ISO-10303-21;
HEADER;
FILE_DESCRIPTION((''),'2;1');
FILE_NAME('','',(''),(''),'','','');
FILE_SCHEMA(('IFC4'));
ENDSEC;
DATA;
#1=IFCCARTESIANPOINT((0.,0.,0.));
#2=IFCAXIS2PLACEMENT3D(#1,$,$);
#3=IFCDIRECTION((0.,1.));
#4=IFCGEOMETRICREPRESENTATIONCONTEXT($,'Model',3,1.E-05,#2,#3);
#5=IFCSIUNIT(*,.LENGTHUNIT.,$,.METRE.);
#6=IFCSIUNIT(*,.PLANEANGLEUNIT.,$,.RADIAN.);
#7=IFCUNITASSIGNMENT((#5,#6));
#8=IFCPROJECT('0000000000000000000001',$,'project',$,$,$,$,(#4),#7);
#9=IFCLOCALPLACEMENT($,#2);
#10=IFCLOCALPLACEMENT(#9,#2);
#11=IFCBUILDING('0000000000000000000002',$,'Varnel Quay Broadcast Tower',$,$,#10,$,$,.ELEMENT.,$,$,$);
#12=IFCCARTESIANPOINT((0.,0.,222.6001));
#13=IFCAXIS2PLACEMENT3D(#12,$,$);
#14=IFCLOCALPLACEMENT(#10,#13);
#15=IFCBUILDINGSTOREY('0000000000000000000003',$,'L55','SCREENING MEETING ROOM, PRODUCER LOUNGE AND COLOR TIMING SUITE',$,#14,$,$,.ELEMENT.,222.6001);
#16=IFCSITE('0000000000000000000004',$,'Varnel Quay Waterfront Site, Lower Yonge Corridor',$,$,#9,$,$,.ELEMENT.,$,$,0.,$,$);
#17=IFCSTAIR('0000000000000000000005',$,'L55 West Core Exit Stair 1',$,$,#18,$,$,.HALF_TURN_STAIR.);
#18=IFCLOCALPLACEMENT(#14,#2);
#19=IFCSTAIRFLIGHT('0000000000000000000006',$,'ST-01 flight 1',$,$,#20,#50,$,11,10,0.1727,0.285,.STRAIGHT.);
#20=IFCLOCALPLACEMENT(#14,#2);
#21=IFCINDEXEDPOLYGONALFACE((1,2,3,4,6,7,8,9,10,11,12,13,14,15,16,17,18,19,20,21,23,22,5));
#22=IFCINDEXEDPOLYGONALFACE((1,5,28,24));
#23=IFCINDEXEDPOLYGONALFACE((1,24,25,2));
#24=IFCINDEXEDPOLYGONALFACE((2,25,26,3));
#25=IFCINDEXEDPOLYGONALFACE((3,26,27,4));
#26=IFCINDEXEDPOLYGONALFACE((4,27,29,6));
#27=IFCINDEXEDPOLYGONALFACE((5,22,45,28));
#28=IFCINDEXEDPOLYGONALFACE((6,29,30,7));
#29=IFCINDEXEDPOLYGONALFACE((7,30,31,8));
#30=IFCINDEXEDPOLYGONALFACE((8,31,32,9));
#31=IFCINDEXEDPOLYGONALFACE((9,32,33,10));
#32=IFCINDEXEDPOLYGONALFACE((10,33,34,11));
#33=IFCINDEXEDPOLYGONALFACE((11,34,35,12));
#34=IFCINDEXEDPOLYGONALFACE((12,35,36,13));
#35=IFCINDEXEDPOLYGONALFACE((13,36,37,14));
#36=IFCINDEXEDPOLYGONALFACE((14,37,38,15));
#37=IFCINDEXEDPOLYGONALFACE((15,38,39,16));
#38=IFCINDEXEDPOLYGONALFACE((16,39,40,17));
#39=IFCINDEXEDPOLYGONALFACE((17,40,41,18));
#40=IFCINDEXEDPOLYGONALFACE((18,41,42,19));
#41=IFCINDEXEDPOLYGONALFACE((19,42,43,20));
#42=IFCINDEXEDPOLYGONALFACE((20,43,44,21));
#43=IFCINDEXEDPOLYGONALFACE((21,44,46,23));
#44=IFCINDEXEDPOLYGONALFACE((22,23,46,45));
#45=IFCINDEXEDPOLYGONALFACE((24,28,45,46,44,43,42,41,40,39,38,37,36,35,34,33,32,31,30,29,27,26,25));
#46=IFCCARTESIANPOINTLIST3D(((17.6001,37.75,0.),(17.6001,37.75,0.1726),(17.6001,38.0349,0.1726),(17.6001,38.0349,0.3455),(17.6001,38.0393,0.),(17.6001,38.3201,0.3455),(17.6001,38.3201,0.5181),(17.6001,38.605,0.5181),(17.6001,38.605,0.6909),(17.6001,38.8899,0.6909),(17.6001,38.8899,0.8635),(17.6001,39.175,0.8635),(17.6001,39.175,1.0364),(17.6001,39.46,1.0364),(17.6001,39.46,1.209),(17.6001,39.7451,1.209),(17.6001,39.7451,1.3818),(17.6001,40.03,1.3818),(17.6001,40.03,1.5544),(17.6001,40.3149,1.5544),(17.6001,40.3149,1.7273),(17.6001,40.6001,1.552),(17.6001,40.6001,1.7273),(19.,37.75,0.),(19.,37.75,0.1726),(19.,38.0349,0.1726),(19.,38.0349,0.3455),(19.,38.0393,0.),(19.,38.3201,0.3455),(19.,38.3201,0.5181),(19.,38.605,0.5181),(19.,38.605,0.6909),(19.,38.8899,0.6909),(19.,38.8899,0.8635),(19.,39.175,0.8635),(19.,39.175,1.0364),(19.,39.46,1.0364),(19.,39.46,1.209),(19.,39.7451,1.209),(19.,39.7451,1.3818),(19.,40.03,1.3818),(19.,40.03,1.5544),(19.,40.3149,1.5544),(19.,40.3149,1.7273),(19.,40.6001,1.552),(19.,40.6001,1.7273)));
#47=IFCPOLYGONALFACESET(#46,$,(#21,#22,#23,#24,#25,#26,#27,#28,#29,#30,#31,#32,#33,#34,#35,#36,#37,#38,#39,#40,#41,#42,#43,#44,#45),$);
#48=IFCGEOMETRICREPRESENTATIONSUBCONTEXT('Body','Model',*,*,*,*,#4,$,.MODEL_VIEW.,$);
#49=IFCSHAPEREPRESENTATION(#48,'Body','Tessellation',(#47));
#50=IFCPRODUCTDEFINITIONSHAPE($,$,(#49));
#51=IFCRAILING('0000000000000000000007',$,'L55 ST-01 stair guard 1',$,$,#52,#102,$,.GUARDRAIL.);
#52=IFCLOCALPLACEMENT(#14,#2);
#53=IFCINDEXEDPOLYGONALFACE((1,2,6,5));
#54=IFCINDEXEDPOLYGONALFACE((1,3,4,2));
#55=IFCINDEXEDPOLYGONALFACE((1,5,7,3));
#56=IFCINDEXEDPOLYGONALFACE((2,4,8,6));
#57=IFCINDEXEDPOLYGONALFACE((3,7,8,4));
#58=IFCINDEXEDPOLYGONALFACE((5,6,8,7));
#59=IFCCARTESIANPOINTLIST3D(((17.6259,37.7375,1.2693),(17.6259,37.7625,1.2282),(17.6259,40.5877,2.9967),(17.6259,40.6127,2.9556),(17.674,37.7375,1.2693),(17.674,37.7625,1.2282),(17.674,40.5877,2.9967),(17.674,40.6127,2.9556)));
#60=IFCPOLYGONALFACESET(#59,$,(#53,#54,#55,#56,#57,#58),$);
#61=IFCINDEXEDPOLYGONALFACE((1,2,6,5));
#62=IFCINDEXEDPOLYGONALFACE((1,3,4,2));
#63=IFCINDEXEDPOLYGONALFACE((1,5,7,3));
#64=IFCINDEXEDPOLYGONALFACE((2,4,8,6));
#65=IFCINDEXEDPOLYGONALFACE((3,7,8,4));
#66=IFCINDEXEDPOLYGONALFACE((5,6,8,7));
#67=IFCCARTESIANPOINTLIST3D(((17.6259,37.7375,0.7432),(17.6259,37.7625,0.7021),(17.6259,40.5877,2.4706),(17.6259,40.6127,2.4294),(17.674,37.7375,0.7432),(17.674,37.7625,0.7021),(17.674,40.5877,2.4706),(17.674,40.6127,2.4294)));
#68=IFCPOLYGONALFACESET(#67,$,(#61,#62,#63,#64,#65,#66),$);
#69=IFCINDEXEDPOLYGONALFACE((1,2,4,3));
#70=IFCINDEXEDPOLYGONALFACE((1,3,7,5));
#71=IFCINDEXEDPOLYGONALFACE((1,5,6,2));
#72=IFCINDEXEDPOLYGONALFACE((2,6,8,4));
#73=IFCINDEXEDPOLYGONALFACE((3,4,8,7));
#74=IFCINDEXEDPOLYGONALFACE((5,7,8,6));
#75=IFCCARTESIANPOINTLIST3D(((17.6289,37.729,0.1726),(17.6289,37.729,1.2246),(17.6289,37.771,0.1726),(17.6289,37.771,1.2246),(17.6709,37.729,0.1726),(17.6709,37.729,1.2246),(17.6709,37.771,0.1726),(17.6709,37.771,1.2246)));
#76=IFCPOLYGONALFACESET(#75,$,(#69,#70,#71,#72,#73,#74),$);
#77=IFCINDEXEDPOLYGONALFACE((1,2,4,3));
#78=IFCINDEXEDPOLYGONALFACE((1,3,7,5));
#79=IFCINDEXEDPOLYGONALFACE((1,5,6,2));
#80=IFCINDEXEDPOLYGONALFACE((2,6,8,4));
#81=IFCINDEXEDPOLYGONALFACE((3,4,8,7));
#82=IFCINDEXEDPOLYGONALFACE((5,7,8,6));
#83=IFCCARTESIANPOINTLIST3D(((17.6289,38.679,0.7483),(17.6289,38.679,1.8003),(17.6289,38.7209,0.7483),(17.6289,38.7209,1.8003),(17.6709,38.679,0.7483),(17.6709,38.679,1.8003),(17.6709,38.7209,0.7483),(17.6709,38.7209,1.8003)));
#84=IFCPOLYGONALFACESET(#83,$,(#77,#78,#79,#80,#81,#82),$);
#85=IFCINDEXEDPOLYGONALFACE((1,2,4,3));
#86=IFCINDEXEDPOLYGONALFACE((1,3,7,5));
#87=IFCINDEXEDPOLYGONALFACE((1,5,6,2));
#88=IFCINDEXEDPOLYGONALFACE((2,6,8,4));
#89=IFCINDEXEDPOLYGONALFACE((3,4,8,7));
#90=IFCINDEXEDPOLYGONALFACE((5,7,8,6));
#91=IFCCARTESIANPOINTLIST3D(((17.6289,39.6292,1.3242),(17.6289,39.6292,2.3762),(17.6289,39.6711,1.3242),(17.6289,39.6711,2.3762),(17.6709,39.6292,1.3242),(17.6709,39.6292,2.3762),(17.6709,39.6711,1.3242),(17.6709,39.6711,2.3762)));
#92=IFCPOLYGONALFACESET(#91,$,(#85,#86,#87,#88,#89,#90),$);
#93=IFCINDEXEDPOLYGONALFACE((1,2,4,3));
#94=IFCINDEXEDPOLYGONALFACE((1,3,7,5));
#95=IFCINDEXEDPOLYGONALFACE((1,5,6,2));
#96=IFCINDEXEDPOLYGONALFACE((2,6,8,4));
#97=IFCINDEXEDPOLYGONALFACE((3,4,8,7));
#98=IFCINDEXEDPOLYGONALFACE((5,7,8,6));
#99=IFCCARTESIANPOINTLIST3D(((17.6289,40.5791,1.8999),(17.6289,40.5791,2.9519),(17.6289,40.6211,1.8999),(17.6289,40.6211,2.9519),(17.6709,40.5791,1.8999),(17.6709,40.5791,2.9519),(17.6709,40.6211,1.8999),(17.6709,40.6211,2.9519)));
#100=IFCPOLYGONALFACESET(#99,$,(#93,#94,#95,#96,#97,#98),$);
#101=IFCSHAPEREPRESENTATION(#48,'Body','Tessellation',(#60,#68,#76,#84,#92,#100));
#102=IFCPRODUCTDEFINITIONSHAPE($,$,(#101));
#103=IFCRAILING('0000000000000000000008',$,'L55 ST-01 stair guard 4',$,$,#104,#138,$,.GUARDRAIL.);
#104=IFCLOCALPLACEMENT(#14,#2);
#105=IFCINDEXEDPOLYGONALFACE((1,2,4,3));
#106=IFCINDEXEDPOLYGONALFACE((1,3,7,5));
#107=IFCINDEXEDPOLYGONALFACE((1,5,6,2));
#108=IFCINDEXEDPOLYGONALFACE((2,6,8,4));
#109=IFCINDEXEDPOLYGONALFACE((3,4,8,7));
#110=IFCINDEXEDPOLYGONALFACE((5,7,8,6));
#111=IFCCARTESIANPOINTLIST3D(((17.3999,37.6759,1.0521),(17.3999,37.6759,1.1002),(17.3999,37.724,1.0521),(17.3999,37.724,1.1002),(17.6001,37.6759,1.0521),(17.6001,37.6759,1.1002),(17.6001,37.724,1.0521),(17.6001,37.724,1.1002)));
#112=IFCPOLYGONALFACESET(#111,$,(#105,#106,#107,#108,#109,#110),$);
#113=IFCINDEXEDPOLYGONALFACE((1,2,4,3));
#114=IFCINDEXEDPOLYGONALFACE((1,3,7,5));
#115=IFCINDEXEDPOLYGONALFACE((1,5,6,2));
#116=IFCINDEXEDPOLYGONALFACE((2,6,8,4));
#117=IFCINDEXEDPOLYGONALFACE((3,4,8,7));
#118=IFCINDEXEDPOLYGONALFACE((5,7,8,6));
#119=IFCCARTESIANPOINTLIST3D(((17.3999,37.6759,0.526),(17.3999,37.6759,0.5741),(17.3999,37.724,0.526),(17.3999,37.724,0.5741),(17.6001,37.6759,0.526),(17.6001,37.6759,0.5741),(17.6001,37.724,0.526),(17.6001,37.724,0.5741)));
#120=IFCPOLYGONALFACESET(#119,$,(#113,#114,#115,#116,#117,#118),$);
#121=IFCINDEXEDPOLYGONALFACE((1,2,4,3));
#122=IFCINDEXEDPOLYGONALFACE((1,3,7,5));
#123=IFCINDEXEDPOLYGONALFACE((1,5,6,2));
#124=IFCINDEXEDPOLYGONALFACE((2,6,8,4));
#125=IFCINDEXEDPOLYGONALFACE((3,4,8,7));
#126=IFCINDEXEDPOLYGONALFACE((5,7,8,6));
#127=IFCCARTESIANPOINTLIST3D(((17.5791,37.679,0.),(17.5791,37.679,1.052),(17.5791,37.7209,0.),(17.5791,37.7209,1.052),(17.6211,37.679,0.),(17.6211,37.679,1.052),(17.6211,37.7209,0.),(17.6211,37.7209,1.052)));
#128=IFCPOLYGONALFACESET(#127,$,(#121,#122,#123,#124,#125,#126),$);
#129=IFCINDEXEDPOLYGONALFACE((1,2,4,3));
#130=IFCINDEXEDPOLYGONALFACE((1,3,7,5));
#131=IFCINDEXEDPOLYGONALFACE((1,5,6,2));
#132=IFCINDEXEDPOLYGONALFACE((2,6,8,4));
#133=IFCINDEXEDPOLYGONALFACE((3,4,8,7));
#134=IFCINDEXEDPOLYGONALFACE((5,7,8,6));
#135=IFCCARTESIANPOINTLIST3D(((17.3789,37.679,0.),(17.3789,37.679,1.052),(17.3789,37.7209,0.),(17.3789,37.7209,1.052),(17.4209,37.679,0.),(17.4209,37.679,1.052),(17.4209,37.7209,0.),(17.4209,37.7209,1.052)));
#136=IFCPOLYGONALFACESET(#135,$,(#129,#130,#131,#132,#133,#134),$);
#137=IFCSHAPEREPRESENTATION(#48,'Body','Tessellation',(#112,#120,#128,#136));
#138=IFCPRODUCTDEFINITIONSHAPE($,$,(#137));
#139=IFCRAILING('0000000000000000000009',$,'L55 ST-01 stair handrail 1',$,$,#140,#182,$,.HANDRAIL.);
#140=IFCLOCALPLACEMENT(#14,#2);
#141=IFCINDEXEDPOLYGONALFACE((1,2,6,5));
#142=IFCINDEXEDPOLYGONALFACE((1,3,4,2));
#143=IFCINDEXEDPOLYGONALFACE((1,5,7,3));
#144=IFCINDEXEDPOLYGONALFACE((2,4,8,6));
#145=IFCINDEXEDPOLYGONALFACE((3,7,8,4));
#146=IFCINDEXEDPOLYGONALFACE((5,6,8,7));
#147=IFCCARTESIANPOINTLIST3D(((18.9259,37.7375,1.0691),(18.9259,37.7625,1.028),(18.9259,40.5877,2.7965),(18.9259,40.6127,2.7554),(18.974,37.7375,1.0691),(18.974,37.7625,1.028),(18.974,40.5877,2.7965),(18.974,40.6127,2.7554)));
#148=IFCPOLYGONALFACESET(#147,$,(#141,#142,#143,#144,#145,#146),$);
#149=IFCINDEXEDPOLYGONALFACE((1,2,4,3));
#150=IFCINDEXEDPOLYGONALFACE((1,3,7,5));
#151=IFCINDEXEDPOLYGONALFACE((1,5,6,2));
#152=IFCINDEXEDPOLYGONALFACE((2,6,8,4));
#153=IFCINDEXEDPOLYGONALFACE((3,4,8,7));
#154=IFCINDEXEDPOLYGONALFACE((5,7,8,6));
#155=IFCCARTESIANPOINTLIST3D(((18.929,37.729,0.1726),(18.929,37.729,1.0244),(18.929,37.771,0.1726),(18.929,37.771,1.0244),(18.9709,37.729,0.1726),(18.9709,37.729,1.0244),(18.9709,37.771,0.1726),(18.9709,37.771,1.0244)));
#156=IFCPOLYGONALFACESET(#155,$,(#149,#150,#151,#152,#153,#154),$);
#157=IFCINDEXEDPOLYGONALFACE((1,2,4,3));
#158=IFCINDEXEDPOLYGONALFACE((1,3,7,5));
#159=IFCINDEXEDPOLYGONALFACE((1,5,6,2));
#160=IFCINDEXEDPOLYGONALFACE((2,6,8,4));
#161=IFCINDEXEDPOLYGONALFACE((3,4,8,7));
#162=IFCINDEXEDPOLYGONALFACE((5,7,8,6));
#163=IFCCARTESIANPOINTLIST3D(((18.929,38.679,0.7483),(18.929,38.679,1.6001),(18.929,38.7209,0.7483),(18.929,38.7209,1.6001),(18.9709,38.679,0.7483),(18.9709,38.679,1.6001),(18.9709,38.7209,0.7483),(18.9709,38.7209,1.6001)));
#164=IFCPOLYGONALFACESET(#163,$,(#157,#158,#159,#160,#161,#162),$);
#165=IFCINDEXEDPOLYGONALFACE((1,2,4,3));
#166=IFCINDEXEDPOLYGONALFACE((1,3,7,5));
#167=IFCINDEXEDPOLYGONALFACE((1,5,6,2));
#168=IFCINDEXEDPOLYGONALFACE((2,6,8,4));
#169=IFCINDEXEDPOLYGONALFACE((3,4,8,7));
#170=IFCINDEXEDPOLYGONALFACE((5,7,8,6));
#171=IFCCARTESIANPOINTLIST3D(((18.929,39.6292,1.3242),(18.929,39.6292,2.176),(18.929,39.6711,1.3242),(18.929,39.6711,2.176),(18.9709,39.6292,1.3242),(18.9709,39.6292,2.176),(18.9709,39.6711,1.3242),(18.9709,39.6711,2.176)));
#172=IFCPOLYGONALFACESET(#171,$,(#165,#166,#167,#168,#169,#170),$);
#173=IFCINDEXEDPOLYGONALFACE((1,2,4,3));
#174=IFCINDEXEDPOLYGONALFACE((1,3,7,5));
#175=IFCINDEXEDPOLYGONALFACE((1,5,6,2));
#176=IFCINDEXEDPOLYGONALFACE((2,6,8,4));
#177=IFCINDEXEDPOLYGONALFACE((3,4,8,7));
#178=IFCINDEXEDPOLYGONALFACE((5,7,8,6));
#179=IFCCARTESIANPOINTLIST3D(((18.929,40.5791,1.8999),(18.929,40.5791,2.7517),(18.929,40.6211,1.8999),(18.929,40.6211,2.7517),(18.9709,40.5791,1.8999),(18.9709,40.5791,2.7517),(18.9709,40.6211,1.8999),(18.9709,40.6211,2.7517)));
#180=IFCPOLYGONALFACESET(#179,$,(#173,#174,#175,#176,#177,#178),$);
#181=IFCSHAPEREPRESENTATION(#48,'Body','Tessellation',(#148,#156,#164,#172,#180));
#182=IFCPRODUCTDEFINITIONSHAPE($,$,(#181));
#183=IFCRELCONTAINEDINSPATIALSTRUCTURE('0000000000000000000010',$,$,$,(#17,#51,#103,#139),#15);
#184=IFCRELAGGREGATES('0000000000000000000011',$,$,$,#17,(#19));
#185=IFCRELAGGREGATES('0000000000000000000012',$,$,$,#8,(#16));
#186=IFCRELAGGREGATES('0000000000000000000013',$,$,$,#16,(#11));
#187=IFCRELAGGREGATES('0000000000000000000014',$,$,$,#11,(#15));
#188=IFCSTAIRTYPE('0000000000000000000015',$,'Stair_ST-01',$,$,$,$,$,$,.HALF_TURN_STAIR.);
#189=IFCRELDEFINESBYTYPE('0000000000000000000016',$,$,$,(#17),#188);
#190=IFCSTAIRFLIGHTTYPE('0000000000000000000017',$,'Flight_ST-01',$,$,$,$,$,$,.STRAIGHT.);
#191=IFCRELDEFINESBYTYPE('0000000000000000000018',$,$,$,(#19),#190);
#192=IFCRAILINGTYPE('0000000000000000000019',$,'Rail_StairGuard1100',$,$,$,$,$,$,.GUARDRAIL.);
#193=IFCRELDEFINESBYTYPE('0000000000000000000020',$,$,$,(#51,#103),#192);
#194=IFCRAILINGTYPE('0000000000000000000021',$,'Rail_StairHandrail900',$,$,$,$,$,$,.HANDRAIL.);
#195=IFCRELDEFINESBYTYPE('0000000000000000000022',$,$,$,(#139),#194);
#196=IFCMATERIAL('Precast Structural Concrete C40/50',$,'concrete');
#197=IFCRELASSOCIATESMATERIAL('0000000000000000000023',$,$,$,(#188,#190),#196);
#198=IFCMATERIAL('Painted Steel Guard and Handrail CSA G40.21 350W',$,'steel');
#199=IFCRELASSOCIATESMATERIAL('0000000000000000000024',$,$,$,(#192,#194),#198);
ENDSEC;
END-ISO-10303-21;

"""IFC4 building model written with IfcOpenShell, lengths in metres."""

from ifc_helpers import new_model, si_unit, direction, frame, origin, origin_2d, place, context, subcontext, project, spatial, polyline, rectangle, outline, extrude, material, type_object, element, aggregate, save


model = new_model("IFC4")

# Units and contexts
model_context = context("Model", 3, precision=1e-05, world=origin(), true_north=direction((0.0, 1.0)))
body_context = subcontext(model_context, "Body", "Model", "MODEL_VIEW")
ifc_project = project(units=[si_unit("LENGTHUNIT", "METRE"), si_unit("PLANEANGLEUNIT", "RADIAN")], contexts=[model_context])

# Site, building, storey
site_placement = place(None, origin())
site = spatial("IfcSite", under=ifc_project, at=site_placement, Name="Varnel Quay Waterfront Site, Lower Yonge Corridor", CompositionType="ELEMENT", RefElevation=0.0)
building_placement = place(site_placement, origin())
building = spatial("IfcBuilding", under=site, at=building_placement, Name="Varnel Quay Broadcast Tower", CompositionType="ELEMENT")
storey_placement = place(building_placement, frame((0.0, 0.0, 222.6001)))
storey = spatial("IfcBuildingStorey", under=building, at=storey_placement, Name="L55", Description="SCREENING MEETING ROOM, PRODUCER LOUNGE AND COLOR TIMING SUITE", CompositionType="ELEMENT", Elevation=222.6001)

# Stair, stair flight
ifc_material_1 = material(Name="Precast Structural Concrete C40/50", Category="concrete")
stair_type = type_object("IfcStairType", Name="Stair_ST-01", PredefinedType="HALF_TURN_STAIR", material=ifc_material_1)
stair_placement = place(storey_placement, origin())
stair = element("IfcStair", 1, at=stair_placement, inside=storey, type_object=stair_type, Name="L55 West Core Exit Stair 1", PredefinedType="HALF_TURN_STAIR")
stair_flight_type = type_object("IfcStairFlightType", Name="Flight_ST-01", PredefinedType="STRAIGHT", material=ifc_material_1)
stair_flight_placement = place(storey_placement, frame((18.3, 37.75, 0.0), z_axis=(0.0, 0.0, 1.0), x_axis=(0.0, 1.0, 0.0)))
stair_flight = element("IfcStairFlight", 2, at=stair_flight_placement, type_object=stair_flight_type, Name="ST-01 flight 1", NumberOfRisers=11, NumberOfTreads=10, PredefinedType="STRAIGHT", RiserHeight=0.1727, TreadLength=0.285, context=body_context, shape_type="SweptSolid", body=[
    extrude(outline(polyline([(0.0, 0.0), (0.0, 0.1726), (0.2849, 0.1726), (0.2849, 0.3455), (0.5701, 0.3455), (0.5701, 0.5181), (0.855, 0.5181), (0.855, 0.6909), (1.1399, 0.6909), (1.1399, 0.8635), (1.425, 0.8635), (1.425, 1.0364), (1.71, 1.0364), (1.71, 1.209), (1.9951, 1.209), (1.9951, 1.3818), (2.28, 1.3818), (2.28, 1.5544), (2.5649, 1.5544), (2.5649, 1.7273), (2.8501, 1.7273), (2.8501, 1.8999), (2.8501, 1.552), (0.2893, 0.0), (0.0, 0.0)])), frame((0.0, 0.7, 0.0), z_axis=(0.0, -1.0, 0.0), x_axis=(1.0, 0.0, 0.0)), (0.0, 0.0, 1.0), 1.3999),
])
aggregate(stair, [stair_flight])

# Railings
ifc_material_2 = material(Name="Painted Steel Guard and Handrail CSA G40.21 350W", Category="steel")
railing_type_1 = type_object("IfcRailingType", Name="Rail_StairGuard1100", PredefinedType="GUARDRAIL", material=ifc_material_2)
railing_1_placement = place(storey_placement, frame((17.6499, 37.75, 0.1726)))
element("IfcRailing", 3, at=railing_1_placement, inside=storey, type_object=railing_type_1, Name="L55 ST-01 stair guard 1", PredefinedType="GUARDRAIL", context=body_context, shape_type="SweptSolid", body=[
    extrude(rectangle(XDim=0.0481, YDim=0.0481, at=origin_2d()), frame((0.0, 0.0, 1.0762), z_axis=(0.0, 0.855203, 0.518294), x_axis=(-1.0, 0.0, 0.0)), (0.0, 0.0, 1.0), 3.3328),
    extrude(rectangle(XDim=0.0481, YDim=0.0481, at=origin_2d()), frame((0.0, 0.0, 0.55), z_axis=(0.0, 0.855203, 0.518294), x_axis=(-1.0, 0.0, 0.0)), (0.0, 0.0, 1.0), 3.3328),
    extrude(rectangle(XDim=0.042, YDim=0.042, at=origin_2d()), origin(), (0.0, 0.0, 1.0), 1.052),
    extrude(rectangle(XDim=0.042, YDim=0.042, at=origin_2d()), frame((0.0, 0.95, 0.5757)), (0.0, 0.0, 1.0), 1.052),
    extrude(rectangle(XDim=0.042, YDim=0.042, at=origin_2d()), frame((0.0, 1.9001, 1.1516)), (0.0, 0.0, 1.0), 1.052),
    extrude(rectangle(XDim=0.042, YDim=0.042, at=origin_2d()), frame((0.0, 2.8501, 1.7273)), (0.0, 0.0, 1.0), 1.052),
])
railing_2_placement = place(storey_placement, frame((17.6001, 37.7, 0.0)))
element("IfcRailing", 4, at=railing_2_placement, inside=storey, type_object=railing_type_1, Name="L55 ST-01 stair guard 4", PredefinedType="GUARDRAIL", context=body_context, shape_type="SweptSolid", body=[
    extrude(rectangle(XDim=0.0481, YDim=0.0481, at=origin_2d()), frame((0.0, 0.0, 1.0762), z_axis=(-1.0, 0.0, 0.0), x_axis=(0.0, -1.0, 0.0)), (0.0, 0.0, 1.0), 0.2002),
    extrude(rectangle(XDim=0.0481, YDim=0.0481, at=origin_2d()), frame((0.0, 0.0, 0.55), z_axis=(-1.0, 0.0, 0.0), x_axis=(0.0, -1.0, 0.0)), (0.0, 0.0, 1.0), 0.2002),
    extrude(rectangle(XDim=0.042, YDim=0.042, at=origin_2d()), origin(), (0.0, 0.0, 1.0), 1.052),
    extrude(rectangle(XDim=0.042, YDim=0.042, at=origin_2d()), frame((-0.2002, 0.0, 0.0)), (0.0, 0.0, 1.0), 1.052),
])
railing_type_2 = type_object("IfcRailingType", Name="Rail_StairHandrail900", PredefinedType="HANDRAIL", material=ifc_material_2)
railing_3_placement = place(storey_placement, frame((18.95, 37.75, 0.1726)))
element("IfcRailing", 5, at=railing_3_placement, inside=storey, type_object=railing_type_2, Name="L55 ST-01 stair handrail 1", PredefinedType="HANDRAIL", context=body_context, shape_type="SweptSolid", body=[
    extrude(rectangle(XDim=0.0481, YDim=0.0481, at=origin_2d()), frame((0.0, 0.0, 0.876), z_axis=(0.0, 0.855203, 0.518294), x_axis=(-1.0, 0.0, 0.0)), (0.0, 0.0, 1.0), 3.3328),
    extrude(rectangle(XDim=0.042, YDim=0.042, at=origin_2d()), origin(), (0.0, 0.0, 1.0), 0.8518),
    extrude(rectangle(XDim=0.042, YDim=0.042, at=origin_2d()), frame((0.0, 0.95, 0.5757)), (0.0, 0.0, 1.0), 0.8518),
    extrude(rectangle(XDim=0.042, YDim=0.042, at=origin_2d()), frame((0.0, 1.9001, 1.1516)), (0.0, 0.0, 1.0), 0.8518),
    extrude(rectangle(XDim=0.042, YDim=0.042, at=origin_2d()), frame((0.0, 2.8501, 1.7273)), (0.0, 0.0, 1.0), 0.8518),
])

save(model, "model.ifc")
